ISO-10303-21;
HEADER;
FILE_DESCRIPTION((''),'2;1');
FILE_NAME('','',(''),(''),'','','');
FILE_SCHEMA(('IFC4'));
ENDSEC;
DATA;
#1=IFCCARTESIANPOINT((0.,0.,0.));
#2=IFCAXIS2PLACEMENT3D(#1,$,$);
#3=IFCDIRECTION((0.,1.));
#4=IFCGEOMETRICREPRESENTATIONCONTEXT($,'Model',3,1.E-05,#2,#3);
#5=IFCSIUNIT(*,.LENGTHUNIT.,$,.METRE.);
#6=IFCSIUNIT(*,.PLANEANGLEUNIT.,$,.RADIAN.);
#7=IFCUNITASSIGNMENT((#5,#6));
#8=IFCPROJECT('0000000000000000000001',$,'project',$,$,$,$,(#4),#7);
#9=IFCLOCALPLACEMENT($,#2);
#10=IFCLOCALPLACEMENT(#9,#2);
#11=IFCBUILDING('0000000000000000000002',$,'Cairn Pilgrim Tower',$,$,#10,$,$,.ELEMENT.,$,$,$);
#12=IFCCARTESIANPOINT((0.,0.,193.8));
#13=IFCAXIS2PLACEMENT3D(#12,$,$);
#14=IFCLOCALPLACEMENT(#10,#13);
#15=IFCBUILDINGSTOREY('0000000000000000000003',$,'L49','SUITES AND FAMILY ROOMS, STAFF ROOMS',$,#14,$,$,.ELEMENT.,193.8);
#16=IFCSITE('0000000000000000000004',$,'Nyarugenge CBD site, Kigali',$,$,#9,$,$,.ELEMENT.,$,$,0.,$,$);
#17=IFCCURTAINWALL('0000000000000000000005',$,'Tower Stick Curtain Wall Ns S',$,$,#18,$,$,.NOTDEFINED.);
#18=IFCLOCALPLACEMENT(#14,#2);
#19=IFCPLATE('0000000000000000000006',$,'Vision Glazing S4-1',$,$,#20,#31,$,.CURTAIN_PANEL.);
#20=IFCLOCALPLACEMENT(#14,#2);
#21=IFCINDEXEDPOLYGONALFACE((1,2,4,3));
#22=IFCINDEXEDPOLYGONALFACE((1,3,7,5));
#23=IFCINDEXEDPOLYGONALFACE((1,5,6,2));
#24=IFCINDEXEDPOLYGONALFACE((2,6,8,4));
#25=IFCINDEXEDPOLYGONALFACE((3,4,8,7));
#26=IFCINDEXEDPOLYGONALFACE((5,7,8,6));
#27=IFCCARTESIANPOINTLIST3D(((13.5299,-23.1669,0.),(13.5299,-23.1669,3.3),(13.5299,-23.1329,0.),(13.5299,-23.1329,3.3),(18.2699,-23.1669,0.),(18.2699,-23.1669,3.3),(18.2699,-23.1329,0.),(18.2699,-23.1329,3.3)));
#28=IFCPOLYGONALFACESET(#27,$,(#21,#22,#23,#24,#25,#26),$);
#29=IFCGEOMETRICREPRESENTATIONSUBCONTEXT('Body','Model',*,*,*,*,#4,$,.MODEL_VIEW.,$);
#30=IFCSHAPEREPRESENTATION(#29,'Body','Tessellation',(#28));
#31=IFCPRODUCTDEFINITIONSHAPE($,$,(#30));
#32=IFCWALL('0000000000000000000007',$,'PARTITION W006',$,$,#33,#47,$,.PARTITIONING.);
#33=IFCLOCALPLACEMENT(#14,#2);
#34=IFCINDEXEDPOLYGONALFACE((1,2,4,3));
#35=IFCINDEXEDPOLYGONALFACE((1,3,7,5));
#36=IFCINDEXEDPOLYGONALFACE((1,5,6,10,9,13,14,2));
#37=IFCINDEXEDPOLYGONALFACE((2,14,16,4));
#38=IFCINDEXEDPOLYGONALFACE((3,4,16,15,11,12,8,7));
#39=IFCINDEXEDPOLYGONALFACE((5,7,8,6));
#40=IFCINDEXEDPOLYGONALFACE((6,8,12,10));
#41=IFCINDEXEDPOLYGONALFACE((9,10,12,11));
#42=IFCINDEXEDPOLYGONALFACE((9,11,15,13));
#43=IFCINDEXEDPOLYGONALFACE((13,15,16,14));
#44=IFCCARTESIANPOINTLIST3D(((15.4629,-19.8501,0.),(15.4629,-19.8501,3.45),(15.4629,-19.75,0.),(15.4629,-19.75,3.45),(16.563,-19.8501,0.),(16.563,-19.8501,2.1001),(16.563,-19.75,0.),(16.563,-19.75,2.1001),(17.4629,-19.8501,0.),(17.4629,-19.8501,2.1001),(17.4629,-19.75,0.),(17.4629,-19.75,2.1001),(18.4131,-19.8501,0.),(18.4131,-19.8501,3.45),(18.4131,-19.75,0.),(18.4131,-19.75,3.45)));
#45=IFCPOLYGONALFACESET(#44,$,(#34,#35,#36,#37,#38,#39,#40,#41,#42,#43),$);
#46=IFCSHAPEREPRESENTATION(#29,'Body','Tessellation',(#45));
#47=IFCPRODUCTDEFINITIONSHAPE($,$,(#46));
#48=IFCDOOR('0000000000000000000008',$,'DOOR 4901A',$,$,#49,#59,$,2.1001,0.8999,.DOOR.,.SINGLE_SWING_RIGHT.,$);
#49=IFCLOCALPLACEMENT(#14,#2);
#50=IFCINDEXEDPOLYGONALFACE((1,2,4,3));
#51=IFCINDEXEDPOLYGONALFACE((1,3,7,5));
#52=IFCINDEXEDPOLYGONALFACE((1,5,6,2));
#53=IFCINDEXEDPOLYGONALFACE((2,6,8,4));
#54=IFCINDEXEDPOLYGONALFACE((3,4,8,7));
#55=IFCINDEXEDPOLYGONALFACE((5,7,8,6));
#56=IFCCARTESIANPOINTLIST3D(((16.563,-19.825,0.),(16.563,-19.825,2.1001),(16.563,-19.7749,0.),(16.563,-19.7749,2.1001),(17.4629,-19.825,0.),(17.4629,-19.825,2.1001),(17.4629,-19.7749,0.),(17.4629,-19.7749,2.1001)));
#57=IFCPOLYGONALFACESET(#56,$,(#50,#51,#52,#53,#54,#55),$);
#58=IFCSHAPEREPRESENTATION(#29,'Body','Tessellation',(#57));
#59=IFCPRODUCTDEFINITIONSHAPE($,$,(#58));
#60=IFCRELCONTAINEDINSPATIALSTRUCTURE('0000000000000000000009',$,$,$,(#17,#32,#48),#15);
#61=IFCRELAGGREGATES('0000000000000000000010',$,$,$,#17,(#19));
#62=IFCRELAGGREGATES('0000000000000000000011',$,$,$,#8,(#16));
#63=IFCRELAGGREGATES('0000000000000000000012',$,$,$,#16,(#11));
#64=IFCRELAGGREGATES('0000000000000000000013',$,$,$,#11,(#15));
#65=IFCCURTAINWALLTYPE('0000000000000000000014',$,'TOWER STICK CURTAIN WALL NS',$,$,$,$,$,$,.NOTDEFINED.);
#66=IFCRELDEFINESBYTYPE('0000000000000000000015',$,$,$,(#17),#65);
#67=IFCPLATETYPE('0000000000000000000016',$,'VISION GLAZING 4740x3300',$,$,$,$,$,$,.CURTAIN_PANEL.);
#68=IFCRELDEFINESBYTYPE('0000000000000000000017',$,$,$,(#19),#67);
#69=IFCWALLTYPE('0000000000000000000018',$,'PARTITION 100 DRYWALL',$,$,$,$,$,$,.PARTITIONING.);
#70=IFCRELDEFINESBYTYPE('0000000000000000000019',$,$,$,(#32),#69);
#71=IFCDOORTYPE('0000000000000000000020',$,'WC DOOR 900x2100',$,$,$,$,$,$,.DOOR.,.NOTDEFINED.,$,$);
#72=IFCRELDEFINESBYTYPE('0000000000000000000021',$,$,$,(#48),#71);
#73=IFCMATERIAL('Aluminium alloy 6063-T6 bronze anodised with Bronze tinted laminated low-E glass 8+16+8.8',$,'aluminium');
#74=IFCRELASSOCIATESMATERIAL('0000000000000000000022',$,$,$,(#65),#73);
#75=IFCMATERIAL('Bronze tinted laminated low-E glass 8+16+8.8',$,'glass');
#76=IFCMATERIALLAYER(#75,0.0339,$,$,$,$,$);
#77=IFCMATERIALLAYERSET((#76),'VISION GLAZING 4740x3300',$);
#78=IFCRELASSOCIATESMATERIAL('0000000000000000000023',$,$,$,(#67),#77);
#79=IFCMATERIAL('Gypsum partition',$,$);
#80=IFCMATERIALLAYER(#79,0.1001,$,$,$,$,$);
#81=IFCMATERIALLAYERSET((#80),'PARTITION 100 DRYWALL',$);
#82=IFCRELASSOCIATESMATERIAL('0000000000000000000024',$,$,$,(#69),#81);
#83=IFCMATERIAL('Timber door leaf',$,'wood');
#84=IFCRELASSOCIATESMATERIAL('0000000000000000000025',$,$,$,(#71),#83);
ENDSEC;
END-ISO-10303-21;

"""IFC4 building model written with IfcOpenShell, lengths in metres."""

from ifc_helpers import new_model, si_unit, direction, frame, frame_2d, origin, origin_2d, place, context, subcontext, project, spatial, rectangle, extrude, material, layer, layer_set, type_object, element, fill, aggregate, save


model = new_model("IFC4")

# Units and contexts
model_context = context("Model", 3, precision=1e-05, world=origin(), true_north=direction((0.0, 1.0)))
body_context = subcontext(model_context, "Body", "Model", "MODEL_VIEW")
ifc_project = project(units=[si_unit("LENGTHUNIT", "METRE"), si_unit("PLANEANGLEUNIT", "RADIAN")], contexts=[model_context])

# Site, building, storey
site_placement = place(None, origin())
site = spatial("IfcSite", under=ifc_project, at=site_placement, Name="Nyarugenge CBD site, Kigali", CompositionType="ELEMENT", RefElevation=0.0)
building_placement = place(site_placement, origin())
building = spatial("IfcBuilding", under=site, at=building_placement, Name="Cairn Pilgrim Tower", CompositionType="ELEMENT")
storey_placement = place(building_placement, frame((0.0, 0.0, 193.8)))
storey = spatial("IfcBuildingStorey", under=building, at=storey_placement, Name="L49", Description="SUITES AND FAMILY ROOMS, STAFF ROOMS", CompositionType="ELEMENT", Elevation=193.8)

# Curtain wall
ifc_material_1 = material(Name="Aluminium alloy 6063-T6 bronze anodised with Bronze tinted laminated low-E glass 8+16+8.8", Category="aluminium")
curtain_wall_type = type_object("IfcCurtainWallType", Name="TOWER STICK CURTAIN WALL NS", PredefinedType="NOTDEFINED", material=ifc_material_1)
curtain_wall_placement = place(storey_placement, origin())
curtain_wall = element("IfcCurtainWall", 1, at=curtain_wall_placement, inside=storey, type_object=curtain_wall_type, Name="Tower Stick Curtain Wall Ns S", PredefinedType="NOTDEFINED")

# Plate
ifc_material_2 = material(Name="Bronze tinted laminated low-E glass 8+16+8.8", Category="glass")
ifc_layer_1 = layer(ifc_material_2, 0.0339)
ifc_layer_set_1 = layer_set([ifc_layer_1], Name="VISION GLAZING 4740x3300")
plate_type_1 = type_object("IfcPlateType", Name="VISION GLAZING 4740x3300", PredefinedType="CURTAIN_PANEL", material=ifc_layer_set_1)
plate_1_placement = place(storey_placement, frame((15.8999, -23.1499, 0.0), z_axis=(0.0, 0.0, 1.0), x_axis=(1.0, 0.0, 0.0)))
plate_1 = element("IfcPlate", 2, at=plate_1_placement, type_object=plate_type_1, Name="Vision Glazing S4-1", PredefinedType="CURTAIN_PANEL", context=body_context, shape_type="SweptSolid", body=[
    extrude(rectangle(XDim=4.74, YDim=0.0339, at=origin_2d()), origin(), (0.0, 0.0, 1.0), 3.3),
])
aggregate(curtain_wall, [plate_1])

# Wall, opening, door
ifc_material_3 = material(Name="Gypsum partition")
ifc_layer_2 = layer(ifc_material_3, 0.1001)
ifc_layer_set_2 = layer_set([ifc_layer_2], Name="PARTITION 100 DRYWALL")
wall_type_1 = type_object("IfcWallType", Name="PARTITION 100 DRYWALL", PredefinedType="PARTITIONING", material=ifc_layer_set_2)
wall_1_placement = place(storey_placement, frame((15.4629, -19.8, 0.0), z_axis=(0.0, 0.0, 1.0), x_axis=(1.0, 0.0, 0.0)))
wall_1 = element("IfcWall", 3, at=wall_1_placement, inside=storey, type_object=wall_type_1, Name="PARTITION W006", PredefinedType="PARTITIONING", context=body_context, shape_type="SweptSolid", body=[
    extrude(rectangle(XDim=2.9502, YDim=0.1001, at=frame_2d((1.4751, 0.0))), origin(), (0.0, 0.0, 1.0), 3.45),
])
opening_1_placement = place(wall_1_placement, frame((1.1001, 0.0, 0.0)))
opening_1 = element("IfcOpeningElement", 4, at=opening_1_placement, cuts=wall_1, PredefinedType="OPENING", context=body_context, shape_type="SweptSolid", body=[
    extrude(rectangle(XDim=0.8999, YDim=2.1001, at=frame_2d((0.45, 1.05))), frame((0.0, 0.0601, 0.0), z_axis=(0.0, -1.0, 0.0), x_axis=(1.0, 0.0, 0.0)), (0.0, 0.0, 1.0), 0.1201),
])
ifc_material_4 = material(Name="Timber door leaf", Category="wood")
door_type_1 = type_object("IfcDoorType", Name="WC DOOR 900x2100", OperationType="NOTDEFINED", PredefinedType="DOOR", material=ifc_material_4)
door_1_placement = place(opening_1_placement, frame((0.8999, 0.0, 0.0), z_axis=(0.0, 0.0, 1.0), x_axis=(-1.0, 0.0, 0.0)))
door_1 = element("IfcDoor", 5, at=door_1_placement, inside=storey, type_object=door_type_1, Name="DOOR 4901A", OperationType="SINGLE_SWING_RIGHT", OverallHeight=2.1001, OverallWidth=0.8999, PredefinedType="DOOR", context=body_context, shape_type="SweptSolid", body=[
    extrude(rectangle(XDim=0.8999, YDim=2.1001, at=frame_2d((0.45, 1.05))), frame((0.0, 0.0249, 0.0), z_axis=(0.0, -1.0, 0.0), x_axis=(1.0, 0.0, 0.0)), (0.0, 0.0, 1.0), 0.05),
])
fill(opening_1, door_1)

save(model, "model.ifc")
